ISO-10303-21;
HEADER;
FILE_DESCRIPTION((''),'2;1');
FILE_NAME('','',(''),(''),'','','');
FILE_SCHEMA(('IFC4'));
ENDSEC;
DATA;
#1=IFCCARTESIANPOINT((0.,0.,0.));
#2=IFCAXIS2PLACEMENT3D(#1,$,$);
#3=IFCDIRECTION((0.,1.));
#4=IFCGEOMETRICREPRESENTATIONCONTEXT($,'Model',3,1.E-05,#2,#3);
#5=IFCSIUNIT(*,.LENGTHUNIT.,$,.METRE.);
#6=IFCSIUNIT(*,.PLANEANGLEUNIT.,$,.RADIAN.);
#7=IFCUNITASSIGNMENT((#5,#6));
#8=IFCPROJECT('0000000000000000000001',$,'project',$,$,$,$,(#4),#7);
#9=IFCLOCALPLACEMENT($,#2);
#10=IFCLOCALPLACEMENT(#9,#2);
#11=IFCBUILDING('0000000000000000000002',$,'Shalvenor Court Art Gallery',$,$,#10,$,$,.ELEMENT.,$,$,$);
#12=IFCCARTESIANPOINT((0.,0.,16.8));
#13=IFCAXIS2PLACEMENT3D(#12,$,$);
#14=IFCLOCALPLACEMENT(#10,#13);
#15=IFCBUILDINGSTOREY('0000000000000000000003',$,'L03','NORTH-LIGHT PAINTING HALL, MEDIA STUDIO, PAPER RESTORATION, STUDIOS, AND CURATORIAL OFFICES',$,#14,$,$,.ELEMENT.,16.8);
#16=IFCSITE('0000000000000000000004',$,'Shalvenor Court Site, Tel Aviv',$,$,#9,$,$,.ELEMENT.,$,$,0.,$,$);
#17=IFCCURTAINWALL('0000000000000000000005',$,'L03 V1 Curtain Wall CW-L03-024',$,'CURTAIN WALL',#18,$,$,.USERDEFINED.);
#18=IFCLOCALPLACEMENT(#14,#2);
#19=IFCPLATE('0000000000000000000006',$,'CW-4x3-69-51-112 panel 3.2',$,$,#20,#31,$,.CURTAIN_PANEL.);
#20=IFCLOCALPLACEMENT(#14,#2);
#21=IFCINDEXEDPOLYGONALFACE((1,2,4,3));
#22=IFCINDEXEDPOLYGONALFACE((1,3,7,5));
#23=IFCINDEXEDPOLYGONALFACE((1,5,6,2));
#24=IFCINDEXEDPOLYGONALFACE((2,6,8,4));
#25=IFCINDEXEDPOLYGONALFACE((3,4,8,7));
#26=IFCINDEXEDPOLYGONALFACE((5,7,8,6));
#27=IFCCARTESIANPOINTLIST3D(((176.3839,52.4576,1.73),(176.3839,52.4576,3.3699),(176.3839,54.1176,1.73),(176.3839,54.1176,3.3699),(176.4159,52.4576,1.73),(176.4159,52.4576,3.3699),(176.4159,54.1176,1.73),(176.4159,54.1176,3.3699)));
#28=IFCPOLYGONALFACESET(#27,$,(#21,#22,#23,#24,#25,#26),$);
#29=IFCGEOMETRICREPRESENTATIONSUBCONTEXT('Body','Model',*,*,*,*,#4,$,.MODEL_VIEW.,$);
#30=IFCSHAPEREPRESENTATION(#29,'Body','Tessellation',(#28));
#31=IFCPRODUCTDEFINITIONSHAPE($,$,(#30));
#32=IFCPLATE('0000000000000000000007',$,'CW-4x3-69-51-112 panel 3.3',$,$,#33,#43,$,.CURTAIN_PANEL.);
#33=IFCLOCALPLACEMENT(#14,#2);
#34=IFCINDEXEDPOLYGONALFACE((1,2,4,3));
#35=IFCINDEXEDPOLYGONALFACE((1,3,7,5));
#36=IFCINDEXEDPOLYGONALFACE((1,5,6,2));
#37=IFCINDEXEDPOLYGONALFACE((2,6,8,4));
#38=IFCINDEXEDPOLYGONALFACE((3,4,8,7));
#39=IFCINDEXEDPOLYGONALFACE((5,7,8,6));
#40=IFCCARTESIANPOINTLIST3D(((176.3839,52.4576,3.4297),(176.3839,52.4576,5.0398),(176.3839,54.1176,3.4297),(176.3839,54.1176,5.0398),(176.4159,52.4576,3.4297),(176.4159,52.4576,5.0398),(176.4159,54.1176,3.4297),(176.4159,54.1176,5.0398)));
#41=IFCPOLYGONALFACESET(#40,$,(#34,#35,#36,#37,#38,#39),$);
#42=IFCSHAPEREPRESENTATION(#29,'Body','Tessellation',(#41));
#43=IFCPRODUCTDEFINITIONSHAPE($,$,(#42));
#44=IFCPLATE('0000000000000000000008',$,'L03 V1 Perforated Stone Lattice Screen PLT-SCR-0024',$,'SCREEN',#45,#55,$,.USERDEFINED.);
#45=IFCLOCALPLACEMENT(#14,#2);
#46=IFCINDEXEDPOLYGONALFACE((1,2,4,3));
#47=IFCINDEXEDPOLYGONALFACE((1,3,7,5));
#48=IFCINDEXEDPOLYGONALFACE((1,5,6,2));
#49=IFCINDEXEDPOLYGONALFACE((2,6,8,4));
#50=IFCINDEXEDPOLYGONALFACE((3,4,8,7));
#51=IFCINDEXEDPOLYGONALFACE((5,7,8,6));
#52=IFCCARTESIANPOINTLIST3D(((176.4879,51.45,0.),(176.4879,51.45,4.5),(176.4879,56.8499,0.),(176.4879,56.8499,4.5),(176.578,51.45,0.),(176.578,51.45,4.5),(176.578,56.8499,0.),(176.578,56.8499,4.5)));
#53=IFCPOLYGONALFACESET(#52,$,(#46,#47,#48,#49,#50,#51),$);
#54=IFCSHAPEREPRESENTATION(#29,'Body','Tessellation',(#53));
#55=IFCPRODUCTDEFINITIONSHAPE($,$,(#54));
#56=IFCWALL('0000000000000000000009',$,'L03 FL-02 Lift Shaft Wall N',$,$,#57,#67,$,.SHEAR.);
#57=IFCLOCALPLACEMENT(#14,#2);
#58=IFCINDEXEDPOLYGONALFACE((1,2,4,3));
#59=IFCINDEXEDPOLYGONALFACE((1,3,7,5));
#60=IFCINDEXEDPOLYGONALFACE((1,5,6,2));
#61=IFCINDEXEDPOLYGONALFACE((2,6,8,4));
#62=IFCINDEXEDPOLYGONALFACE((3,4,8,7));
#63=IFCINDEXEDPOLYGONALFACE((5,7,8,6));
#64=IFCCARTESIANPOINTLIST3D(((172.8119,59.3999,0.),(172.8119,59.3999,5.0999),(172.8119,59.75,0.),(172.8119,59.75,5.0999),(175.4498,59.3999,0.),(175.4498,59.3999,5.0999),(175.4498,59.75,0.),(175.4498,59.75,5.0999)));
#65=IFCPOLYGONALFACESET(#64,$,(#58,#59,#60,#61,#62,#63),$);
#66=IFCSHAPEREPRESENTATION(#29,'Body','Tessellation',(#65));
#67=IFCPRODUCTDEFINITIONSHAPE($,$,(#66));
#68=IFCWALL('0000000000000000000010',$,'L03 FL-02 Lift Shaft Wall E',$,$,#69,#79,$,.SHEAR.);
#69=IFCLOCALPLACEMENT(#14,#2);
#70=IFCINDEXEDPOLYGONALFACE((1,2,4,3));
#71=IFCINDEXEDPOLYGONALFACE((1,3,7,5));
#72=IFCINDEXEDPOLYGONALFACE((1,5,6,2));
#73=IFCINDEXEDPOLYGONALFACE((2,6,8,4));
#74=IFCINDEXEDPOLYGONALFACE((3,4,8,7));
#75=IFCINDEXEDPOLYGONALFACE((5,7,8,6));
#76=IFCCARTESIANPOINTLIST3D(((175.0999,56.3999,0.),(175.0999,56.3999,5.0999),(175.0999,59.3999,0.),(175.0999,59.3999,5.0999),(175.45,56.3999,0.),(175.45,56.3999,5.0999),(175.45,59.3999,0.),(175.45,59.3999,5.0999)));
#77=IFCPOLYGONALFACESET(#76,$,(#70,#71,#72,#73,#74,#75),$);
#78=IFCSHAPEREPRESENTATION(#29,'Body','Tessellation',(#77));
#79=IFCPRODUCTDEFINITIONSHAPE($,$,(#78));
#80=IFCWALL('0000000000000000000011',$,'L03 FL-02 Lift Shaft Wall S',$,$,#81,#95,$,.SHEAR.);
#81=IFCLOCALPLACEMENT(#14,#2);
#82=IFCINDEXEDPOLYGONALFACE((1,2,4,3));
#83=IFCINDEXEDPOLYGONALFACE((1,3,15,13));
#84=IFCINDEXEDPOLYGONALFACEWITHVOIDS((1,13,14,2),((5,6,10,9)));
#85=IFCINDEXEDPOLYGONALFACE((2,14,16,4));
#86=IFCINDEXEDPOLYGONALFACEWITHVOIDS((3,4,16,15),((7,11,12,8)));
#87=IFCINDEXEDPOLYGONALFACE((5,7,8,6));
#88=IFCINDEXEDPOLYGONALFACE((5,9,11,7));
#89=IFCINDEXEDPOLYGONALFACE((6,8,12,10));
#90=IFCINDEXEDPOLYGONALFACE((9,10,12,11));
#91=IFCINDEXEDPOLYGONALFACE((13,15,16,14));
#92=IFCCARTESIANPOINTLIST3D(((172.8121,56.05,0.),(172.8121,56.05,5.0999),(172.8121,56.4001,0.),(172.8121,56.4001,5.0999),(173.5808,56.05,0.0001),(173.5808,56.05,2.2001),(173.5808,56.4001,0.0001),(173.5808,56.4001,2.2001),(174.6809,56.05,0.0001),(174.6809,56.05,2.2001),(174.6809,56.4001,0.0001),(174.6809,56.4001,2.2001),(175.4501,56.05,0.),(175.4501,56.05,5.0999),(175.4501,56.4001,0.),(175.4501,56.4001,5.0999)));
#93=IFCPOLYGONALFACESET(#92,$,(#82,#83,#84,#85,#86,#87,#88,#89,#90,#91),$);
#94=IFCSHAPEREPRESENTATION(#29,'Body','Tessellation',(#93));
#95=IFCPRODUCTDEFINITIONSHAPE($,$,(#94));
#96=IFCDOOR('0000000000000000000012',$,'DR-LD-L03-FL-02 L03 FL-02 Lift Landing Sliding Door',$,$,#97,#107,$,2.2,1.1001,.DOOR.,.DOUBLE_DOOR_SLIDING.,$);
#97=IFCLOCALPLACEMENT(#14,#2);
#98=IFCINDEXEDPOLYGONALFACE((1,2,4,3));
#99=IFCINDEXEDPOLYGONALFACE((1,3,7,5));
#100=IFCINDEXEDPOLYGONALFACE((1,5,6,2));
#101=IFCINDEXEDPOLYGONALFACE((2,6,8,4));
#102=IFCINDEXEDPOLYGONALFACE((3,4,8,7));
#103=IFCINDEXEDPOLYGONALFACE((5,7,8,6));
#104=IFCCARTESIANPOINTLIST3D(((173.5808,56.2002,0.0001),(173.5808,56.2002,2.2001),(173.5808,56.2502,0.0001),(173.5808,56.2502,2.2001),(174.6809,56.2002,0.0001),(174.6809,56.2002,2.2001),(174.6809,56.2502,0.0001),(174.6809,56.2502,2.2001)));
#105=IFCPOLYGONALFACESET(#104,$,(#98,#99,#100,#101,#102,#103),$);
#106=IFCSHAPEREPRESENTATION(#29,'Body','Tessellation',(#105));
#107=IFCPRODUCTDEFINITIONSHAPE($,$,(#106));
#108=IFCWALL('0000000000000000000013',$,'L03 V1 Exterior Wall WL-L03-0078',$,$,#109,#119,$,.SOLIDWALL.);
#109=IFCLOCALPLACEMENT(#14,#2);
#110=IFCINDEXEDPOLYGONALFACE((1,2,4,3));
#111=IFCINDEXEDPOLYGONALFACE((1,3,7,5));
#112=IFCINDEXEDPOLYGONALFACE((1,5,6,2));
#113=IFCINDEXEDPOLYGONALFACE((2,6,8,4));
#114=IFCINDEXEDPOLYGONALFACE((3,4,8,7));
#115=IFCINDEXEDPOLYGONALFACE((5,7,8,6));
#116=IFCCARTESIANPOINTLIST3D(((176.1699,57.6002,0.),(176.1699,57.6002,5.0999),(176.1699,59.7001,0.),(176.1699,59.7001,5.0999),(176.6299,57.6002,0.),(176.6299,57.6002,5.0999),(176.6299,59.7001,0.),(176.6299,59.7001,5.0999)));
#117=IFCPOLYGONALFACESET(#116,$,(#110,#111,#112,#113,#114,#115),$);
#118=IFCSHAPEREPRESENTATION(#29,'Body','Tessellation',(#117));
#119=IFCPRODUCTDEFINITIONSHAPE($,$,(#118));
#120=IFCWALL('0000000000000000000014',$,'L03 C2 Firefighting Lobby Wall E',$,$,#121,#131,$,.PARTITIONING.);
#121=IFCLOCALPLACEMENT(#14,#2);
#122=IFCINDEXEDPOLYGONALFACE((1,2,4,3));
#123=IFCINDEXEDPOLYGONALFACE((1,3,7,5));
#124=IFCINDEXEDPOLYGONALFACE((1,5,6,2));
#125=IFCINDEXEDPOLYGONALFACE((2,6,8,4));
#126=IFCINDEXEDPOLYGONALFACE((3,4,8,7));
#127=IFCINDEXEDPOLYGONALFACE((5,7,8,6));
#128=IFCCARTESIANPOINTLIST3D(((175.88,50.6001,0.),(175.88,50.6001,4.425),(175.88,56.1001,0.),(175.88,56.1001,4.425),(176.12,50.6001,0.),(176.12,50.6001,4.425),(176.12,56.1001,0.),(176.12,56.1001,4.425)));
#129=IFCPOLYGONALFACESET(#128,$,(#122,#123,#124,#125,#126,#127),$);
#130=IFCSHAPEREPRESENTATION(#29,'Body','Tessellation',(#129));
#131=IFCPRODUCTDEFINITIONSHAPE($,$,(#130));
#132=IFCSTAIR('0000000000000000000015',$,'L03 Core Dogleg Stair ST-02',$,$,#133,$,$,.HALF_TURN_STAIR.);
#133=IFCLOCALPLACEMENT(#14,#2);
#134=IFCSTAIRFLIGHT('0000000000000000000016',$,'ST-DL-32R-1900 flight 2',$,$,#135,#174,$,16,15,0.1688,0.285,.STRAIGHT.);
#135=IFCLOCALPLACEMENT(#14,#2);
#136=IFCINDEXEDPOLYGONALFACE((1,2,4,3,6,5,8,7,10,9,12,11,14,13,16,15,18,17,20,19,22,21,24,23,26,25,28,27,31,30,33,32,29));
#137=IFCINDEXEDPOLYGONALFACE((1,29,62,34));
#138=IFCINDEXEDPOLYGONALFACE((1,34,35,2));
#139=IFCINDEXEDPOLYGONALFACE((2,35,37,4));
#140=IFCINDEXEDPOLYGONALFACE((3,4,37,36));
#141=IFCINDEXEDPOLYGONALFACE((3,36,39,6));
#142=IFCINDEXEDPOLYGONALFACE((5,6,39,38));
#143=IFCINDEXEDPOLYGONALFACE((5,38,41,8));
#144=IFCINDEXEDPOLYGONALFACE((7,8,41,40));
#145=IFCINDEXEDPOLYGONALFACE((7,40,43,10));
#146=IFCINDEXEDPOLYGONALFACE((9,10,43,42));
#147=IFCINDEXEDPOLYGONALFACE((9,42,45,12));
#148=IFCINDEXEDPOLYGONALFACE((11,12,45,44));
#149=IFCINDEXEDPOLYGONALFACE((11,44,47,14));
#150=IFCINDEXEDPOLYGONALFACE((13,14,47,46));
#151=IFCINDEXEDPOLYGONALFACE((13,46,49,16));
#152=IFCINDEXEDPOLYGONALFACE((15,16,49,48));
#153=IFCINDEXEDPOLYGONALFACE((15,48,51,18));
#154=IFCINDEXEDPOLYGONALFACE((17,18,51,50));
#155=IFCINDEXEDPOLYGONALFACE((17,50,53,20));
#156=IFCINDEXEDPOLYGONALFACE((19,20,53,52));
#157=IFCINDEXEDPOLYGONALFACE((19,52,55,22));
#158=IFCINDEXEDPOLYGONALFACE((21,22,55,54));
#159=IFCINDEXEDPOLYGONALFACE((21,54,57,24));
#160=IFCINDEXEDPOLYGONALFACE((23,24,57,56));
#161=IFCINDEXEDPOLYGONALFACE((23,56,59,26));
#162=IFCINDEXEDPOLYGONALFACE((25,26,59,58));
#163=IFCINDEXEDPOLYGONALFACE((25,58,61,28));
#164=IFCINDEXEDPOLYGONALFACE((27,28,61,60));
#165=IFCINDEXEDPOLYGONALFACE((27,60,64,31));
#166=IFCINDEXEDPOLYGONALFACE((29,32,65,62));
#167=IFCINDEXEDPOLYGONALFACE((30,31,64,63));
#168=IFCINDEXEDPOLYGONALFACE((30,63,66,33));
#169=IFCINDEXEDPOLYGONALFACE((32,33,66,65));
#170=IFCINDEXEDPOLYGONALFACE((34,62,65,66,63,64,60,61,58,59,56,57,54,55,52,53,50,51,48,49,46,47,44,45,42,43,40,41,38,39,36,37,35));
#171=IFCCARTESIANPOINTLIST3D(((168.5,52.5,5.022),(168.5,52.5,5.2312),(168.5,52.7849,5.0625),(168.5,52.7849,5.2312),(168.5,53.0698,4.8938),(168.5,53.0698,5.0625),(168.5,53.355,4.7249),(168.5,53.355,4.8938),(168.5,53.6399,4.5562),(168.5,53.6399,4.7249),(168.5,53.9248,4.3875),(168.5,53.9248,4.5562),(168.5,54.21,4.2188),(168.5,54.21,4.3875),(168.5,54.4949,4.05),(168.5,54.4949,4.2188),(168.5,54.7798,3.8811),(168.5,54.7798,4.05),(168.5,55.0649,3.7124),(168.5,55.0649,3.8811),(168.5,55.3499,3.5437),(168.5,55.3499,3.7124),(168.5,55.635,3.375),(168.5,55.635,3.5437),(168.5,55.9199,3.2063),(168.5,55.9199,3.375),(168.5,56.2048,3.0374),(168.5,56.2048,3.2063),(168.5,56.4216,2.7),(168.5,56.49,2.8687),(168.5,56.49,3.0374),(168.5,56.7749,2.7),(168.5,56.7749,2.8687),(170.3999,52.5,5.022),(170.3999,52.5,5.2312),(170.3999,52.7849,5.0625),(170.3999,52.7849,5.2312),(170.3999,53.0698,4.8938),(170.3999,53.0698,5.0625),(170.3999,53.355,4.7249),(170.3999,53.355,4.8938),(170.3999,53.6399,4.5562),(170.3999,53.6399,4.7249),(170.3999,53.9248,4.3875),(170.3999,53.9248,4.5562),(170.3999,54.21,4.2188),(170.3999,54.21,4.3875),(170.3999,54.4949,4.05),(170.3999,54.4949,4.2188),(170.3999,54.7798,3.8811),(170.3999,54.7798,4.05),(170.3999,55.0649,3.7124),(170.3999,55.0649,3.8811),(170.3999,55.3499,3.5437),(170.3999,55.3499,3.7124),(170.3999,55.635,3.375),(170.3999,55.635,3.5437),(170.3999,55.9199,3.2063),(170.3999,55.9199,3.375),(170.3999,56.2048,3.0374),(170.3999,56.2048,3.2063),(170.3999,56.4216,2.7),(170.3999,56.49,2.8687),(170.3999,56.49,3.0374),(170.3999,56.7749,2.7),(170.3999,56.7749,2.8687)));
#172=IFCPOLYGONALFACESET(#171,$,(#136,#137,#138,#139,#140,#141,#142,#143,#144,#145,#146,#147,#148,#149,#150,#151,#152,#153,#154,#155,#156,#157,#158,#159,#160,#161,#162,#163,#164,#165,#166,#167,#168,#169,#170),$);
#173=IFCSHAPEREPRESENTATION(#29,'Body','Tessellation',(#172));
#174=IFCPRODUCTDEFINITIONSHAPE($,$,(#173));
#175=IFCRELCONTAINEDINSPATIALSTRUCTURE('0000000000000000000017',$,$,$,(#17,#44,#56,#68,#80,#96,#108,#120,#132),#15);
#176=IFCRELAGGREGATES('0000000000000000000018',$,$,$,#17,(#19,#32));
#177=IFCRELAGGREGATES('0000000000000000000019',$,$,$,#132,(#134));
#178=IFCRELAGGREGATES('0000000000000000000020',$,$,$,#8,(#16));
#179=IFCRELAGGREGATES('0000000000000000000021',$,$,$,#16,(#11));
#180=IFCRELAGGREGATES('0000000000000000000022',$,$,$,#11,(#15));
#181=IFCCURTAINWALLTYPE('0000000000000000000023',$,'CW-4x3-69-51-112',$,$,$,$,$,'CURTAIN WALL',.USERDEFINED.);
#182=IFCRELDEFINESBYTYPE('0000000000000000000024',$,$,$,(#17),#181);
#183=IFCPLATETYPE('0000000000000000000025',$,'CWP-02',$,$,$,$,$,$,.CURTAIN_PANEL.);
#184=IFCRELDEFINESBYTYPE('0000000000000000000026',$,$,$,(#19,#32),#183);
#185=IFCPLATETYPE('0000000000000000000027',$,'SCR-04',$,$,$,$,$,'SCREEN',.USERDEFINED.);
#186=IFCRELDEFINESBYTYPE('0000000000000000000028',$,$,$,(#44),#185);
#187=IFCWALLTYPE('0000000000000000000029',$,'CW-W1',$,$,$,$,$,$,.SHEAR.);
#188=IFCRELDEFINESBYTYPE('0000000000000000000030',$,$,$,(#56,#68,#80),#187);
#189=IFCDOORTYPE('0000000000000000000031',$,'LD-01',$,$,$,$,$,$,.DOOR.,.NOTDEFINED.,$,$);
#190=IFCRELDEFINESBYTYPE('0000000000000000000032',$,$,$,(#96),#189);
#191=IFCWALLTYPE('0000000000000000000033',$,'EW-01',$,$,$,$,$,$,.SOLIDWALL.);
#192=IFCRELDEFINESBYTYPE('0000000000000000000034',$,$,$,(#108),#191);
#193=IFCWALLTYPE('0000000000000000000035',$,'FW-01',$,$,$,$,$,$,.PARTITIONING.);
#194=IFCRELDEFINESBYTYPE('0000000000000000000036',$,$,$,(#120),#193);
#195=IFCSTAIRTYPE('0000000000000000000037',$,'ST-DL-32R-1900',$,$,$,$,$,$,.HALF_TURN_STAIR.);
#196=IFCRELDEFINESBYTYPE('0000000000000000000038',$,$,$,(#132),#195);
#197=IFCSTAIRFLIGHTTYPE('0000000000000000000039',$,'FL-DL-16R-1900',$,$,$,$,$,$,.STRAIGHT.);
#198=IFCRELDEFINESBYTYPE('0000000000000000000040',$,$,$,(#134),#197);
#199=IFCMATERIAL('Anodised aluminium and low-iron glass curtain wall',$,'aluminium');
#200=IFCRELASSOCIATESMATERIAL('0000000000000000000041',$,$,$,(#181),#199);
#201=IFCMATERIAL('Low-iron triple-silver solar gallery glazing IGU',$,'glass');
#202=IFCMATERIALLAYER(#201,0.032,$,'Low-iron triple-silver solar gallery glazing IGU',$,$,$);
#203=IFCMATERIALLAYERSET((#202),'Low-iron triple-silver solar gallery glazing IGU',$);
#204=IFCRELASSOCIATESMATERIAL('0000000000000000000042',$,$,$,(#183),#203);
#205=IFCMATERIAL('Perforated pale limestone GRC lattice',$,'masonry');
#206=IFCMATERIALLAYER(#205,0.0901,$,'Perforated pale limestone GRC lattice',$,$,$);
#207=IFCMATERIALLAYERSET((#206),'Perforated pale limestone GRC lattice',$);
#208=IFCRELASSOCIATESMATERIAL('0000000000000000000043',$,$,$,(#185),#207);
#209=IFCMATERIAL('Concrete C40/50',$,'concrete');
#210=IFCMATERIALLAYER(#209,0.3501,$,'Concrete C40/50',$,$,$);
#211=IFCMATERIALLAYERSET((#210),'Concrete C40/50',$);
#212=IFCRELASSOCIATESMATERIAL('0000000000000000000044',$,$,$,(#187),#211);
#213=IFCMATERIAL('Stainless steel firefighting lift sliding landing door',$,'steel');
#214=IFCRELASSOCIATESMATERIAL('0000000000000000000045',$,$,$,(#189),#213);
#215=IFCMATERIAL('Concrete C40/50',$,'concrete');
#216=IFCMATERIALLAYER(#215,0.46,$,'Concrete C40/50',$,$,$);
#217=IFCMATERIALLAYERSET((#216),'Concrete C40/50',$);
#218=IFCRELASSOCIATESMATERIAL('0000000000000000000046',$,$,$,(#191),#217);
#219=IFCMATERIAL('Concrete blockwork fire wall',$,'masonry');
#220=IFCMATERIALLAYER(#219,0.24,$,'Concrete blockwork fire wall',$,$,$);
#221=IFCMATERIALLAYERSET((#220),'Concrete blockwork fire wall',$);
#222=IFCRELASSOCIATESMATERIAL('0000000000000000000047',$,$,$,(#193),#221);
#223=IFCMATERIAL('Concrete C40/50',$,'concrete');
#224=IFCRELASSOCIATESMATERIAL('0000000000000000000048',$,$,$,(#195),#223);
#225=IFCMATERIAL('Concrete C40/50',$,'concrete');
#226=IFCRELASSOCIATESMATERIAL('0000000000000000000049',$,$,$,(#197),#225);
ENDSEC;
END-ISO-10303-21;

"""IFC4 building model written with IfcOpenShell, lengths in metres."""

from ifc_helpers import new_model, si_unit, direction, frame, frame_2d, origin, origin_2d, place, context, subcontext, project, spatial, polyline, rectangle, outline, extrude, material, layer, layer_set, type_object, element, fill, aggregate, save


model = new_model("IFC4")

# Units and contexts
model_context = context("Model", 3, precision=1e-05, world=origin(), true_north=direction((0.0, 1.0)))
body_context = subcontext(model_context, "Body", "Model", "MODEL_VIEW")
ifc_project = project(units=[si_unit("LENGTHUNIT", "METRE"), si_unit("PLANEANGLEUNIT", "RADIAN")], contexts=[model_context])

# Site, building, storey
site_placement = place(None, origin())
site = spatial("IfcSite", under=ifc_project, at=site_placement, Name="Shalvenor Court Site, Tel Aviv", CompositionType="ELEMENT", RefElevation=0.0)
building_placement = place(site_placement, origin())
building = spatial("IfcBuilding", under=site, at=building_placement, Name="Shalvenor Court Art Gallery", CompositionType="ELEMENT")
storey_placement = place(building_placement, frame((0.0, 0.0, 16.8)))
storey = spatial("IfcBuildingStorey", under=building, at=storey_placement, Name="L03", Description="NORTH-LIGHT PAINTING HALL, MEDIA STUDIO, PAPER RESTORATION, STUDIOS, AND CURATORIAL OFFICES", CompositionType="ELEMENT", Elevation=16.8)

# Curtain wall, plates
ifc_material_1 = material(Name="Anodised aluminium and low-iron glass curtain wall", Category="aluminium")
curtain_wall_type = type_object("IfcCurtainWallType", Name="CW-4x3-69-51-112", ElementType="CURTAIN WALL", PredefinedType="USERDEFINED", material=ifc_material_1)
curtain_wall_placement = place(storey_placement, origin())
curtain_wall = element("IfcCurtainWall", 1, at=curtain_wall_placement, inside=storey, type_object=curtain_wall_type, Name="L03 V1 Curtain Wall CW-L03-024", ObjectType="CURTAIN WALL", PredefinedType="USERDEFINED")
ifc_material_2 = material(Name="Low-iron triple-silver solar gallery glazing IGU", Category="glass")
ifc_layer_1 = layer(ifc_material_2, 0.032, Name="Low-iron triple-silver solar gallery glazing IGU")
ifc_layer_set_1 = layer_set([ifc_layer_1], Name="Low-iron triple-silver solar gallery glazing IGU")
plate_type_1 = type_object("IfcPlateType", Name="CWP-02", PredefinedType="CURTAIN_PANEL", material=ifc_layer_set_1)
plate_1_placement = place(storey_placement, frame((176.3999, 53.2876, 1.73), z_axis=(0.0, 0.0, 1.0), x_axis=(0.0, -1.0, 0.0)))
plate_1 = element("IfcPlate", 2, at=plate_1_placement, type_object=plate_type_1, Name="CW-4x3-69-51-112 panel 3.2", PredefinedType="CURTAIN_PANEL", context=body_context, shape_type="SweptSolid", body=[
    extrude(rectangle(XDim=1.6599, YDim=0.032, at=origin_2d()), origin(), (0.0, 0.0, 1.0), 1.6399),
])
plate_2_placement = place(storey_placement, frame((176.3999, 53.2876, 3.4297), z_axis=(0.0, 0.0, 1.0), x_axis=(0.0, -1.0, 0.0)))
plate_2 = element("IfcPlate", 3, at=plate_2_placement, type_object=plate_type_1, Name="CW-4x3-69-51-112 panel 3.3", PredefinedType="CURTAIN_PANEL", context=body_context, shape_type="SweptSolid", body=[
    extrude(rectangle(XDim=1.6599, YDim=0.032, at=origin_2d()), origin(), (0.0, 0.0, 1.0), 1.6101),
])
aggregate(curtain_wall, [plate_1, plate_2])

# Plate
ifc_material_3 = material(Name="Perforated pale limestone GRC lattice", Category="masonry")
ifc_layer_2 = layer(ifc_material_3, 0.0901, Name="Perforated pale limestone GRC lattice")
ifc_layer_set_2 = layer_set([ifc_layer_2], Name="Perforated pale limestone GRC lattice")
plate_type_2 = type_object("IfcPlateType", Name="SCR-04", ElementType="SCREEN", PredefinedType="USERDEFINED", material=ifc_layer_set_2)
plate_3_placement = place(storey_placement, frame((176.533, 54.1499, 0.0), z_axis=(0.0, 0.0, 1.0), x_axis=(0.0, -1.0, 0.0)))
element("IfcPlate", 4, at=plate_3_placement, inside=storey, type_object=plate_type_2, Name="L03 V1 Perforated Stone Lattice Screen PLT-SCR-0024", ObjectType="SCREEN", PredefinedType="USERDEFINED", context=body_context, shape_type="SweptSolid", body=[
    extrude(rectangle(XDim=5.3999, YDim=0.0901, at=origin_2d()), origin(), (0.0, 0.0, 1.0), 4.5),
])

# Walls
ifc_material_4 = material(Name="Concrete C40/50", Category="concrete")
ifc_layer_3 = layer(ifc_material_4, 0.3501, Name="Concrete C40/50")
ifc_layer_set_3 = layer_set([ifc_layer_3], Name="Concrete C40/50")
wall_type_1 = type_object("IfcWallType", Name="CW-W1", PredefinedType="SHEAR", material=ifc_layer_set_3)
wall_1_placement = place(storey_placement, frame((172.812, 59.575, 0.0), z_axis=(0.0, 0.0, 1.0), x_axis=(1.0, 0.0, 0.0)))
element("IfcWall", 5, at=wall_1_placement, inside=storey, type_object=wall_type_1, Name="L03 FL-02 Lift Shaft Wall N", PredefinedType="SHEAR", context=body_context, shape_type="SweptSolid", body=[
    extrude(rectangle(XDim=2.6379, YDim=0.3501, at=frame_2d((1.3188, 0.0))), origin(), (0.0, 0.0, 1.0), 5.0999),
])
wall_2_placement = place(storey_placement, frame((175.2749, 59.3999, 0.0), z_axis=(0.0, 0.0, 1.0), x_axis=(0.0, -1.0, 0.0)))
element("IfcWall", 6, at=wall_2_placement, inside=storey, type_object=wall_type_1, Name="L03 FL-02 Lift Shaft Wall E", PredefinedType="SHEAR", context=body_context, shape_type="SweptSolid", body=[
    extrude(rectangle(XDim=3.0, YDim=0.3501, at=frame_2d((1.5, 0.0))), origin(), (0.0, 0.0, 1.0), 5.0999),
])

# Wall, opening, door
wall_3_placement = place(storey_placement, frame((175.45, 56.2251, 0.0), z_axis=(0.0, 0.0, 1.0), x_axis=(-1.0, 0.0, 0.0)))
wall_3 = element("IfcWall", 7, at=wall_3_placement, inside=storey, type_object=wall_type_1, Name="L03 FL-02 Lift Shaft Wall S", PredefinedType="SHEAR", context=body_context, shape_type="SweptSolid", body=[
    extrude(rectangle(XDim=2.6379, YDim=0.3501, at=frame_2d((1.3188, 0.0))), origin(), (0.0, 0.0, 1.0), 5.0999),
])
opening_placement = place(wall_3_placement, frame((0.769, 0.0, 0.0)))
opening = element("IfcOpeningElement", 8, at=opening_placement, cuts=wall_3, PredefinedType="OPENING", context=body_context, shape_type="SweptSolid", body=[
    extrude(rectangle(XDim=1.1001, YDim=2.2, at=frame_2d((0.55, 1.1001))), frame((0.0, 0.1851, 0.0), z_axis=(0.0, -1.0, 0.0), x_axis=(1.0, 0.0, 0.0)), (0.0, 0.0, 1.0), 0.3701),
])
ifc_material_5 = material(Name="Stainless steel firefighting lift sliding landing door", Category="steel")
door_type = type_object("IfcDoorType", Name="LD-01", OperationType="NOTDEFINED", PredefinedType="DOOR", material=ifc_material_5)
door_placement = place(opening_placement, origin())
door = element("IfcDoor", 9, at=door_placement, inside=storey, type_object=door_type, Name="DR-LD-L03-FL-02 L03 FL-02 Lift Landing Sliding Door", OperationType="DOUBLE_DOOR_SLIDING", OverallHeight=2.2, OverallWidth=1.1001, PredefinedType="DOOR", context=body_context, shape_type="SweptSolid", body=[
    extrude(rectangle(XDim=1.1001, YDim=2.2, at=frame_2d((0.55, 1.1001))), frame((0.0, 0.0249, 0.0), z_axis=(0.0, -1.0, 0.0), x_axis=(1.0, 0.0, 0.0)), (0.0, 0.0, 1.0), 0.05),
])
fill(opening, door)

# Walls
ifc_material_6 = material(Name="Concrete C40/50", Category="concrete")
ifc_layer_4 = layer(ifc_material_6, 0.46, Name="Concrete C40/50")
ifc_layer_set_4 = layer_set([ifc_layer_4], Name="Concrete C40/50")
wall_type_2 = type_object("IfcWallType", Name="EW-01", PredefinedType="SOLIDWALL", material=ifc_layer_set_4)
wall_4_placement = place(storey_placement, frame((176.3999, 59.7, 0.0), z_axis=(0.0, 0.0, 1.0), x_axis=(0.0, -1.0, 0.0)))
element("IfcWall", 10, at=wall_4_placement, inside=storey, type_object=wall_type_2, Name="L03 V1 Exterior Wall WL-L03-0078", PredefinedType="SOLIDWALL", context=body_context, shape_type="SweptSolid", body=[
    extrude(rectangle(XDim=2.0999, YDim=0.46, at=frame_2d((1.0498, 0.0))), origin(), (0.0, 0.0, 1.0), 5.0999),
])
ifc_material_7 = material(Name="Concrete blockwork fire wall", Category="masonry")
ifc_layer_5 = layer(ifc_material_7, 0.24, Name="Concrete blockwork fire wall")
ifc_layer_set_5 = layer_set([ifc_layer_5], Name="Concrete blockwork fire wall")
wall_type_3 = type_object("IfcWallType", Name="FW-01", PredefinedType="PARTITIONING", material=ifc_layer_set_5)
wall_5_placement = place(storey_placement, frame((176.0, 56.1001, 0.0), z_axis=(0.0, 0.0, 1.0), x_axis=(0.0, -1.0, 0.0)))
element("IfcWall", 11, at=wall_5_placement, inside=storey, type_object=wall_type_3, Name="L03 C2 Firefighting Lobby Wall E", PredefinedType="PARTITIONING", context=body_context, shape_type="SweptSolid", body=[
    extrude(rectangle(XDim=5.5, YDim=0.24, at=frame_2d((2.75, 0.0))), origin(), (0.0, 0.0, 1.0), 4.425),
])

# Stair, stair flight
ifc_material_8 = material(Name="Concrete C40/50", Category="concrete")
stair_type = type_object("IfcStairType", Name="ST-DL-32R-1900", PredefinedType="HALF_TURN_STAIR", material=ifc_material_8)
stair_placement = place(storey_placement, origin())
stair = element("IfcStair", 12, at=stair_placement, inside=storey, type_object=stair_type, Name="L03 Core Dogleg Stair ST-02", PredefinedType="HALF_TURN_STAIR")
ifc_material_9 = material(Name="Concrete C40/50", Category="concrete")
stair_flight_type = type_object("IfcStairFlightType", Name="FL-DL-16R-1900", PredefinedType="STRAIGHT", material=ifc_material_9)
stair_flight_placement = place(storey_placement, frame((169.45, 56.7749, 2.7), z_axis=(0.0, 0.0, 1.0), x_axis=(0.0, -1.0, 0.0)))
stair_flight = element("IfcStairFlight", 13, at=stair_flight_placement, type_object=stair_flight_type, Name="ST-DL-32R-1900 flight 2", NumberOfRisers=16, NumberOfTreads=15, PredefinedType="STRAIGHT", RiserHeight=0.1688, TreadLength=0.285, context=body_context, shape_type="SweptSolid", body=[
    extrude(outline(polyline([(0.0, 0.0), (0.0, 0.1687), (0.2849, 0.1687), (0.2849, 0.3374), (0.5701, 0.3374), (0.5701, 0.5063), (0.855, 0.5063), (0.855, 0.675), (1.1399, 0.675), (1.1399, 0.8438), (1.425, 0.8438), (1.425, 1.0125), (1.71, 1.0125), (1.71, 1.1812), (1.9951, 1.1812), (1.9951, 1.3501), (2.28, 1.3501), (2.28, 1.5188), (2.5649, 1.5188), (2.5649, 1.6875), (2.8501, 1.6875), (2.8501, 1.8562), (3.135, 1.8562), (3.135, 2.0249), (3.4199, 2.0249), (3.4199, 2.1938), (3.7051, 2.1938), (3.7051, 2.3625), (3.99, 2.3625), (3.99, 2.5312), (4.2749, 2.5312), (4.2749, 2.7), (4.2749, 2.322), (0.3533, 0.0), (0.0, 0.0)])), frame((0.0, 0.95, 0.0), z_axis=(0.0, -1.0, 0.0), x_axis=(1.0, 0.0, 0.0)), (0.0, 0.0, 1.0), 1.8999),
])
aggregate(stair, [stair_flight])

save(model, "model.ifc")
